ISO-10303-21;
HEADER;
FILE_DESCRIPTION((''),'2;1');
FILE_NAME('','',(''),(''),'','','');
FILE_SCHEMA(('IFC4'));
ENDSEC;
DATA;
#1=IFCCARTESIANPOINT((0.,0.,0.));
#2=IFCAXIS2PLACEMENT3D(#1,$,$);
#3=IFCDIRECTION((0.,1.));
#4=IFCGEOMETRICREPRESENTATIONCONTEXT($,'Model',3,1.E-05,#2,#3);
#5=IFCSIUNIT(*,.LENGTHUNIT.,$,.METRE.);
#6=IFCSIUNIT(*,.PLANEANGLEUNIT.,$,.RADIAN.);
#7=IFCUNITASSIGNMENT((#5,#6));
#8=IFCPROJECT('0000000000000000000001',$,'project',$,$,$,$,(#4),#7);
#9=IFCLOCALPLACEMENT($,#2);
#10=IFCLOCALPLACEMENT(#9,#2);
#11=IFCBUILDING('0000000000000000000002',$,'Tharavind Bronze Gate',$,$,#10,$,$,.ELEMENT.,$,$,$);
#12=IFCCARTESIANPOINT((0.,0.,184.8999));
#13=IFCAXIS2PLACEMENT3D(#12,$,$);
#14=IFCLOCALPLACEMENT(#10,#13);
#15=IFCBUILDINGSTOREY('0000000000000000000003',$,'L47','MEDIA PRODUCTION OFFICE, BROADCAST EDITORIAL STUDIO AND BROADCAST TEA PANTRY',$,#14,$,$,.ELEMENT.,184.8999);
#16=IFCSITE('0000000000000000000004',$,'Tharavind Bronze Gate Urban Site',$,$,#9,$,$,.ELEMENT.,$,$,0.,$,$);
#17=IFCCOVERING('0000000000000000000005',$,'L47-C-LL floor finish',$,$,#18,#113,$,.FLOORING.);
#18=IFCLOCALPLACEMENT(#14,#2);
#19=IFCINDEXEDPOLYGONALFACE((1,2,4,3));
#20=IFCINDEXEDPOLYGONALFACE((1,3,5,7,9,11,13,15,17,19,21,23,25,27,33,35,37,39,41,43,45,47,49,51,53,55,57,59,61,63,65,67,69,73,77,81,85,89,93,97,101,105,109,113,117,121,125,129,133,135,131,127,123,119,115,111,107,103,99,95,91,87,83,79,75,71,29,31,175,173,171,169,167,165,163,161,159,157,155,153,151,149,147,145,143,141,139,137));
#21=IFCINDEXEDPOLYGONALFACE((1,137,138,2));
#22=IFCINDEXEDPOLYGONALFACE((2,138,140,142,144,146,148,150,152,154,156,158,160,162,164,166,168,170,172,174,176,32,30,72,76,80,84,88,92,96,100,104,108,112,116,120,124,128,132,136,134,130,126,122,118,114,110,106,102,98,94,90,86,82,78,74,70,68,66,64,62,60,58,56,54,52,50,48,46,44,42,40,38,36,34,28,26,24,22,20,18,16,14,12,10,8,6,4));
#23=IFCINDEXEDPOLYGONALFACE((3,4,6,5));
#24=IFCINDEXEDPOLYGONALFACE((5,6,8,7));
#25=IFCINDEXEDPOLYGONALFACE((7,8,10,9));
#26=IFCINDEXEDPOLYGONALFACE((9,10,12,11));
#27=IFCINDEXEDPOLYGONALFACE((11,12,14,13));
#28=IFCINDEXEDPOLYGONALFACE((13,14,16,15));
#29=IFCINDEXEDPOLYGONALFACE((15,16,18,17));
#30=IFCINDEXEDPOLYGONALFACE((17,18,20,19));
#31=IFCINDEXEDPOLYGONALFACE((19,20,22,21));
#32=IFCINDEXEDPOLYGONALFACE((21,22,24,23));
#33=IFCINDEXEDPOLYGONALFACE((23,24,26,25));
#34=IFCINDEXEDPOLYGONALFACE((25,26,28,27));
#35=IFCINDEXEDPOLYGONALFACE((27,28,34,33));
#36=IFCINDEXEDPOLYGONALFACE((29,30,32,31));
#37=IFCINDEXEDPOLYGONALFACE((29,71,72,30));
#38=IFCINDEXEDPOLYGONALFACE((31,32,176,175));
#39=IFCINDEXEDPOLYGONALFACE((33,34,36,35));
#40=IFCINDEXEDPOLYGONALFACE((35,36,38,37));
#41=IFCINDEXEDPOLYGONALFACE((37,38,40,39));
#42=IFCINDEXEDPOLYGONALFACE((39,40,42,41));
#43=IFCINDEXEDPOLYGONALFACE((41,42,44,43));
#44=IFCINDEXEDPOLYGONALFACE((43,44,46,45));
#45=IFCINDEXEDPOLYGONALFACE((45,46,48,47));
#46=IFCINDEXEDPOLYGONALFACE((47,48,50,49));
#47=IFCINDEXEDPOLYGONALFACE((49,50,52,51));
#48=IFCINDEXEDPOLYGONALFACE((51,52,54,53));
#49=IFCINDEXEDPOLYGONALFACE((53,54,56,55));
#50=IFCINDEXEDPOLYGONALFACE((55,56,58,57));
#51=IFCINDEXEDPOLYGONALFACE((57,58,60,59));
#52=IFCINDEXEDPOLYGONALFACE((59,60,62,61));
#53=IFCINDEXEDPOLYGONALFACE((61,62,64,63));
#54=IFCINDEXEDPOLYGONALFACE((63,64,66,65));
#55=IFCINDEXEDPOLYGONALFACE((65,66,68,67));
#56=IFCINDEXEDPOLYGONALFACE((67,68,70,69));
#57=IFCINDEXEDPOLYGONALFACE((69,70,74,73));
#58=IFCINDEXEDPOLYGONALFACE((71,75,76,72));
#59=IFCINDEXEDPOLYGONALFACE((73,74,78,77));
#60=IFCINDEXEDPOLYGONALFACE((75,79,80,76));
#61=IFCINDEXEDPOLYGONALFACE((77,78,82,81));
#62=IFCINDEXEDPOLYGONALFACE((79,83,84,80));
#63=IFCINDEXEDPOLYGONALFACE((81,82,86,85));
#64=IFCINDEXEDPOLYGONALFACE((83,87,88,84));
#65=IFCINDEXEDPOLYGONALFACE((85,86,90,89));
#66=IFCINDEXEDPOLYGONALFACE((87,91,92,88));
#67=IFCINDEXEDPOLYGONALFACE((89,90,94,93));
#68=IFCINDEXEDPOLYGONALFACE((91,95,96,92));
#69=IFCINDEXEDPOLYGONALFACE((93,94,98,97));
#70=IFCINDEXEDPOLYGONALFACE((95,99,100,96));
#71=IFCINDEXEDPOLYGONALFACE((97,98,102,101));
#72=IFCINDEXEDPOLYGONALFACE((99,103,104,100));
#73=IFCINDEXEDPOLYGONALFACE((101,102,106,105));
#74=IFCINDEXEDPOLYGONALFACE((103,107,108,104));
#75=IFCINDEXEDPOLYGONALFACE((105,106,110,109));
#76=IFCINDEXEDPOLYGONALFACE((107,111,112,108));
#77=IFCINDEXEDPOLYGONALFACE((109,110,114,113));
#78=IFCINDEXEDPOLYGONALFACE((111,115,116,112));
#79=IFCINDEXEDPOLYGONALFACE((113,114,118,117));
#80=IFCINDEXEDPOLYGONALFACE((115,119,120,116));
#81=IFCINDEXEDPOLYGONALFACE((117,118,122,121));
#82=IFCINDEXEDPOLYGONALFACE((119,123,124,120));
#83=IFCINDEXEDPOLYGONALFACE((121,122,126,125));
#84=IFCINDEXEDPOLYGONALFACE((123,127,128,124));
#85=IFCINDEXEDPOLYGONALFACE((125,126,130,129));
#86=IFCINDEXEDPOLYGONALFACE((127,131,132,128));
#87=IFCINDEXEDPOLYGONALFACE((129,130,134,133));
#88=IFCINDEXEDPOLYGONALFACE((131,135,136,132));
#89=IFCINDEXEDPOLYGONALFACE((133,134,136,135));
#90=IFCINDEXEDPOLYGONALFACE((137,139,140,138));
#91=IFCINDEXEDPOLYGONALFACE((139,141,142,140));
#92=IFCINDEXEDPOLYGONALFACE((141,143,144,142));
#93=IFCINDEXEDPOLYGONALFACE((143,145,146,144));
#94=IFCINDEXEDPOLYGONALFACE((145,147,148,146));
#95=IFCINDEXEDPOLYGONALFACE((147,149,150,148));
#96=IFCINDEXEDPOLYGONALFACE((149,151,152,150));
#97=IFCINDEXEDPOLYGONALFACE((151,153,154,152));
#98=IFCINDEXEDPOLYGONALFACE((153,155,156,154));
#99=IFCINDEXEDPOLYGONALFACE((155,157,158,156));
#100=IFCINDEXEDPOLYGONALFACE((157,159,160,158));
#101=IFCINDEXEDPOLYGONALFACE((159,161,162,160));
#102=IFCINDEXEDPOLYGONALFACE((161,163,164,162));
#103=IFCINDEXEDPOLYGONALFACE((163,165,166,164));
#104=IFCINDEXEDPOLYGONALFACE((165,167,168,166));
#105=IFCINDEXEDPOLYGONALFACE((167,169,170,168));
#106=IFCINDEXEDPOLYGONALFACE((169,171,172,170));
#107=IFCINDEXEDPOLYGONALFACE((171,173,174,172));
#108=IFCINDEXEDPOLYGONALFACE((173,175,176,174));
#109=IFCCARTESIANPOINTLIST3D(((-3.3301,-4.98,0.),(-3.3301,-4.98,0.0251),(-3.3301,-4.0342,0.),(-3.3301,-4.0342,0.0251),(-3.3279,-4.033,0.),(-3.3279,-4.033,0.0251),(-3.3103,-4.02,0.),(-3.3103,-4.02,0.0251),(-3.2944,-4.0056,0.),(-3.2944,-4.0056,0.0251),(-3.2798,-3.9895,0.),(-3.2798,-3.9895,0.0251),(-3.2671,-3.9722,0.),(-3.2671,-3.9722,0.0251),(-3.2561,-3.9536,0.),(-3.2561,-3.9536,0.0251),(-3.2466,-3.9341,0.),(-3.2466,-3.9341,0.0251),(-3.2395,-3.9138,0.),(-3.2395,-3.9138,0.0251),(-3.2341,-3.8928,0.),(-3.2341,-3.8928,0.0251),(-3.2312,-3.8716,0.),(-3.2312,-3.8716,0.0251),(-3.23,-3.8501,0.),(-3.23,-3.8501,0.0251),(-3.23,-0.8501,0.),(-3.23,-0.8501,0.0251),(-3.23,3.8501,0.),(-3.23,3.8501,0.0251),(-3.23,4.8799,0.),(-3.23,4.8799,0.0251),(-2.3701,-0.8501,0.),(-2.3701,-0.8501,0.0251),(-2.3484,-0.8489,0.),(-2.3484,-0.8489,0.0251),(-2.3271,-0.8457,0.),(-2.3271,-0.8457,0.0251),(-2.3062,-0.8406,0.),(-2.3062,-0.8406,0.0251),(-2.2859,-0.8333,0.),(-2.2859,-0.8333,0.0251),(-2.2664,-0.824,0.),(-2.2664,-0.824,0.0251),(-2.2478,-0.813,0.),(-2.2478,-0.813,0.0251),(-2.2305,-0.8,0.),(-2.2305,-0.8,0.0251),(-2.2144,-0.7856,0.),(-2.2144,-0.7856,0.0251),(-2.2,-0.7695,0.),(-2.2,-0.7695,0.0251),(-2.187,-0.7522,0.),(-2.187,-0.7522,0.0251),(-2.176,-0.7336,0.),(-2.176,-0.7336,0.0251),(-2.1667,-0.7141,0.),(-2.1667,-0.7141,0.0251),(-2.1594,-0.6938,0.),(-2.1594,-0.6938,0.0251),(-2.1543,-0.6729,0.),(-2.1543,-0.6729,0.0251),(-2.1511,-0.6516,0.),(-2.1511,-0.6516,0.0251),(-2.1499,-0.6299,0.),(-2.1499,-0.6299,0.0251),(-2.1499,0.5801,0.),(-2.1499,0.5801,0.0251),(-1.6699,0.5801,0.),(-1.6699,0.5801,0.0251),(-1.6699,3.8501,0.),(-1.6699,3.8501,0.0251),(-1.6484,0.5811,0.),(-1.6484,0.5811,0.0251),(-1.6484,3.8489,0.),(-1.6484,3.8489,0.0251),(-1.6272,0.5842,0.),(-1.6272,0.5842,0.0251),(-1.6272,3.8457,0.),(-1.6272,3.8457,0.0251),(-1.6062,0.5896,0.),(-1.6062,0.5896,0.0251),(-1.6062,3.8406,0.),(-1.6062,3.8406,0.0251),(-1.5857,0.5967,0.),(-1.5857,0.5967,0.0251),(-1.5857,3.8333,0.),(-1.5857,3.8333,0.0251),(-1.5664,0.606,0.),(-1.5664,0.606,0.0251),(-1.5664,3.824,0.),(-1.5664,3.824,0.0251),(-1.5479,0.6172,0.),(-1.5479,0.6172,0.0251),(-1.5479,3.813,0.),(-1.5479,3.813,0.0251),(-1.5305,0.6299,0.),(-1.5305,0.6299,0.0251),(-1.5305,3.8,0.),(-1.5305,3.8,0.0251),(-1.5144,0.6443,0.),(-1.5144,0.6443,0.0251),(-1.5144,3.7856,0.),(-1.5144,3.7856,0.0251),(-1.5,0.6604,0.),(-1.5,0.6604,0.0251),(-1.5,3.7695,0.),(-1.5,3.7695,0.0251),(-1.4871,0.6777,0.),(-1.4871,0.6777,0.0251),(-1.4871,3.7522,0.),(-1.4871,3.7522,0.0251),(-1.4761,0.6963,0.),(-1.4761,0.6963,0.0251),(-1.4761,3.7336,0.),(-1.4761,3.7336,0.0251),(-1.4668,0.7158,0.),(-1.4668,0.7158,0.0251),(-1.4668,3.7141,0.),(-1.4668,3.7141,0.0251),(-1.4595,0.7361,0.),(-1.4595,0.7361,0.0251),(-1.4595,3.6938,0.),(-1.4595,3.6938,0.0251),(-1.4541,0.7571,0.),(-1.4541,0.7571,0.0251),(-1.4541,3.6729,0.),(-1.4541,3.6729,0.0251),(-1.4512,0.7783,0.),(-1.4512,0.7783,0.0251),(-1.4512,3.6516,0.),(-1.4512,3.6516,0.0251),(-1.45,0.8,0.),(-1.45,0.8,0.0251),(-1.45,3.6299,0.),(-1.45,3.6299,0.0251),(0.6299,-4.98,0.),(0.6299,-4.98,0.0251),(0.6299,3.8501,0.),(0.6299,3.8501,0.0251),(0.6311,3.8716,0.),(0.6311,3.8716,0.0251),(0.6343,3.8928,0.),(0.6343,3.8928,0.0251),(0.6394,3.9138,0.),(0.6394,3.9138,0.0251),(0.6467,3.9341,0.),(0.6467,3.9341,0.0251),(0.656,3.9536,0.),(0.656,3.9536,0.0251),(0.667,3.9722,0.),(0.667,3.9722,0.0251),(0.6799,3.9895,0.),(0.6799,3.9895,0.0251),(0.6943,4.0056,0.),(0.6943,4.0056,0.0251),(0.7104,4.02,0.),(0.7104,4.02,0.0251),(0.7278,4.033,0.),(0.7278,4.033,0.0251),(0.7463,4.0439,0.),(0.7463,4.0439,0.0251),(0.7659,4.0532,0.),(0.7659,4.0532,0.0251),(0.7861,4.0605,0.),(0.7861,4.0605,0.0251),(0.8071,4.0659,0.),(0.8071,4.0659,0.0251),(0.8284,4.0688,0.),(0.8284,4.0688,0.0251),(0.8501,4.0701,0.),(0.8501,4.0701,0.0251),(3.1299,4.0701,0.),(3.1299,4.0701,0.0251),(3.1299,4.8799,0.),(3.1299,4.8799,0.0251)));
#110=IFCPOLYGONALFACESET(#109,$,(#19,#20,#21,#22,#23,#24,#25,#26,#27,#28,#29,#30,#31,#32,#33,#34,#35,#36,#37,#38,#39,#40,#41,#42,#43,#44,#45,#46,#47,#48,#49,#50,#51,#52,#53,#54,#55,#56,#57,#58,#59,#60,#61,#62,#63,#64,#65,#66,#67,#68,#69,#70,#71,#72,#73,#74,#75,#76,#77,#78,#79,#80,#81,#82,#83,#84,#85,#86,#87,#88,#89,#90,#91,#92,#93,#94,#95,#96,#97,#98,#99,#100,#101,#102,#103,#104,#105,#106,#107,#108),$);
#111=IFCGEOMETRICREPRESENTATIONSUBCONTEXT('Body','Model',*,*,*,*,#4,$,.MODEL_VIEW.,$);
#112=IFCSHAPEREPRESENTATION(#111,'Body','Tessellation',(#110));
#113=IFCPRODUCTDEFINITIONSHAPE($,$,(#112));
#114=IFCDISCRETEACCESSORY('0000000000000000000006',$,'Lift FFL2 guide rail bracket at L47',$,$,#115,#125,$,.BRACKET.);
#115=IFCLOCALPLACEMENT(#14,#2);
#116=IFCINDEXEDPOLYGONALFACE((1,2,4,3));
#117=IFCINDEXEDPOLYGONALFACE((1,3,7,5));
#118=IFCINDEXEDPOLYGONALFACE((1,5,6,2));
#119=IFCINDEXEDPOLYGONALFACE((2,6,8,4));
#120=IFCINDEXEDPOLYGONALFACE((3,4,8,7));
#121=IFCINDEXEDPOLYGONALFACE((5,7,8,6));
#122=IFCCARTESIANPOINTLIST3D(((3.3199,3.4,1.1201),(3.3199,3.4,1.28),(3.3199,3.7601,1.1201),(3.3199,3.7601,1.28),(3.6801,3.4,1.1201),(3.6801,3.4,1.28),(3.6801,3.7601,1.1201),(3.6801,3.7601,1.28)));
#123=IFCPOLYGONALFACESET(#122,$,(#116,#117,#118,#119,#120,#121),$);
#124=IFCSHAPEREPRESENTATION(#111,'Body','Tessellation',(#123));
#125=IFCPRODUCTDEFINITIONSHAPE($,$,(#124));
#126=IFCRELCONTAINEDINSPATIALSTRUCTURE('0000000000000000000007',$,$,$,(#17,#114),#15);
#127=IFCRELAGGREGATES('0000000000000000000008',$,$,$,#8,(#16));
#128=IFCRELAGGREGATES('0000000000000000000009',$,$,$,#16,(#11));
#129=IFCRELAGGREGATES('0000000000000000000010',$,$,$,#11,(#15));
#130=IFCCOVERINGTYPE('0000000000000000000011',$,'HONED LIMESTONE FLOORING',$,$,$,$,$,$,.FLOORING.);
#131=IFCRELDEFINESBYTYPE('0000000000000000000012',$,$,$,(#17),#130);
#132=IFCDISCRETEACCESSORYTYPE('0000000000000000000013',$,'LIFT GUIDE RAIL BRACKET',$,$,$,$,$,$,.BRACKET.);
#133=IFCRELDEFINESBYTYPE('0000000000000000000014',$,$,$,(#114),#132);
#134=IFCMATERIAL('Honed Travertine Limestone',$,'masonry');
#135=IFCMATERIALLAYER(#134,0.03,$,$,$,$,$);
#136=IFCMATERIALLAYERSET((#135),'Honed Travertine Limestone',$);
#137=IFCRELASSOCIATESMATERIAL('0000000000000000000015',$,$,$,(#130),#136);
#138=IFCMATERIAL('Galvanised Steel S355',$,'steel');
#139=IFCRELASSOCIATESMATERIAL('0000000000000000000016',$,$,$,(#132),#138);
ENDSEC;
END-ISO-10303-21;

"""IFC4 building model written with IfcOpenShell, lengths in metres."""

from ifc_helpers import new_model, si_unit, direction, frame, origin, origin_2d, place, context, subcontext, project, spatial, polyline, rectangle, outline, extrude, material, layer, layer_set, type_object, element, save


model = new_model("IFC4")

# Units and contexts
model_context = context("Model", 3, precision=1e-05, world=origin(), true_north=direction((0.0, 1.0)))
body_context = subcontext(model_context, "Body", "Model", "MODEL_VIEW")
ifc_project = project(units=[si_unit("LENGTHUNIT", "METRE"), si_unit("PLANEANGLEUNIT", "RADIAN")], contexts=[model_context])

# Site, building, storey
site_placement = place(None, origin())
site = spatial("IfcSite", under=ifc_project, at=site_placement, Name="Tharavind Bronze Gate Urban Site", CompositionType="ELEMENT", RefElevation=0.0)
building_placement = place(site_placement, origin())
building = spatial("IfcBuilding", under=site, at=building_placement, Name="Tharavind Bronze Gate", CompositionType="ELEMENT")
storey_placement = place(building_placement, frame((0.0, 0.0, 184.8999)))
storey = spatial("IfcBuildingStorey", under=building, at=storey_placement, Name="L47", Description="MEDIA PRODUCTION OFFICE, BROADCAST EDITORIAL STUDIO AND BROADCAST TEA PANTRY", CompositionType="ELEMENT", Elevation=184.8999)

# Covering
ifc_material_1 = material(Name="Honed Travertine Limestone", Category="masonry")
ifc_layer_1 = layer(ifc_material_1, 0.03)
ifc_layer_set_1 = layer_set([ifc_layer_1], Name="Honed Travertine Limestone")
covering_type_1 = type_object("IfcCoveringType", Name="HONED LIMESTONE FLOORING", PredefinedType="FLOORING", material=ifc_layer_set_1)
covering_1_placement = place(storey_placement, origin())
element("IfcCovering", 1, at=covering_1_placement, inside=storey, type_object=covering_type_1, Name="L47-C-LL floor finish", PredefinedType="FLOORING", context=body_context, shape_type="SweptSolid", body=[
    extrude(outline(polyline([(-3.3301, -4.98), (0.6299, -4.98), (0.6299, 3.8501), (0.6311, 3.8716), (0.6343, 3.8928), (0.6394, 3.9138), (0.6467, 3.9341), (0.656, 3.9536), (0.667, 3.9722), (0.6799, 3.9895), (0.6943, 4.0056), (0.7104, 4.02), (0.7278, 4.033), (0.7463, 4.0439), (0.7659, 4.0532), (0.7861, 4.0605), (0.8071, 4.0659), (0.8284, 4.0688), (0.8501, 4.0701), (3.1299, 4.0701), (3.1299, 4.8799), (-3.23, 4.8799), (-3.23, 3.8501), (-1.6699, 3.8501), (-1.6484, 3.8489), (-1.6272, 3.8457), (-1.6062, 3.8406), (-1.5857, 3.8333), (-1.5664, 3.824), (-1.5479, 3.813), (-1.5305, 3.8), (-1.5144, 3.7856), (-1.5, 3.7695), (-1.4871, 3.7522), (-1.4761, 3.7336), (-1.4668, 3.7141), (-1.4595, 3.6938), (-1.4541, 3.6729), (-1.4512, 3.6516), (-1.45, 3.6299), (-1.45, 0.8), (-1.4512, 0.7783), (-1.4541, 0.7571), (-1.4595, 0.7361), (-1.4668, 0.7158), (-1.4761, 0.6963), (-1.4871, 0.6777), (-1.5, 0.6604), (-1.5144, 0.6443), (-1.5305, 0.6299), (-1.5479, 0.6172), (-1.5664, 0.606), (-1.5857, 0.5967), (-1.6062, 0.5896), (-1.6272, 0.5842), (-1.6484, 0.5811), (-1.6699, 0.5801), (-2.1499, 0.5801), (-2.1499, -0.6299), (-2.1511, -0.6516), (-2.1543, -0.6729), (-2.1594, -0.6938), (-2.1667, -0.7141), (-2.176, -0.7336), (-2.187, -0.7522), (-2.2, -0.7695), (-2.2144, -0.7856), (-2.2305, -0.8), (-2.2478, -0.813), (-2.2664, -0.824), (-2.2859, -0.8333), (-2.3062, -0.8406), (-2.3271, -0.8457), (-2.3484, -0.8489), (-2.3701, -0.8501), (-3.23, -0.8501), (-3.23, -3.8501), (-3.2312, -3.8716), (-3.2341, -3.8928), (-3.2395, -3.9138), (-3.2466, -3.9341), (-3.2561, -3.9536), (-3.2671, -3.9722), (-3.2798, -3.9895), (-3.2944, -4.0056), (-3.3103, -4.02), (-3.3279, -4.033), (-3.3301, -4.0342), (-3.3301, -4.98)])), origin(), (0.0, 0.0, 1.0), 0.0251),
])

# Discrete accessory
ifc_material_2 = material(Name="Galvanised Steel S355", Category="steel")
discrete_accessory_type = type_object("IfcDiscreteAccessoryType", Name="LIFT GUIDE RAIL BRACKET", PredefinedType="BRACKET", material=ifc_material_2)
discrete_accessory_placement = place(storey_placement, frame((3.5, 3.5801, 1.1201), z_axis=(0.0, 0.0, 1.0), x_axis=(1.0, 0.0, 0.0)))
element("IfcDiscreteAccessory", 2, at=discrete_accessory_placement, inside=storey, type_object=discrete_accessory_type, Name="Lift FFL2 guide rail bracket at L47", PredefinedType="BRACKET", context=body_context, shape_type="SweptSolid", body=[
    extrude(rectangle(XDim=0.3601, YDim=0.3601, at=origin_2d()), origin(), (0.0, 0.0, 1.0), 0.1599),
])

save(model, "model.ifc")
